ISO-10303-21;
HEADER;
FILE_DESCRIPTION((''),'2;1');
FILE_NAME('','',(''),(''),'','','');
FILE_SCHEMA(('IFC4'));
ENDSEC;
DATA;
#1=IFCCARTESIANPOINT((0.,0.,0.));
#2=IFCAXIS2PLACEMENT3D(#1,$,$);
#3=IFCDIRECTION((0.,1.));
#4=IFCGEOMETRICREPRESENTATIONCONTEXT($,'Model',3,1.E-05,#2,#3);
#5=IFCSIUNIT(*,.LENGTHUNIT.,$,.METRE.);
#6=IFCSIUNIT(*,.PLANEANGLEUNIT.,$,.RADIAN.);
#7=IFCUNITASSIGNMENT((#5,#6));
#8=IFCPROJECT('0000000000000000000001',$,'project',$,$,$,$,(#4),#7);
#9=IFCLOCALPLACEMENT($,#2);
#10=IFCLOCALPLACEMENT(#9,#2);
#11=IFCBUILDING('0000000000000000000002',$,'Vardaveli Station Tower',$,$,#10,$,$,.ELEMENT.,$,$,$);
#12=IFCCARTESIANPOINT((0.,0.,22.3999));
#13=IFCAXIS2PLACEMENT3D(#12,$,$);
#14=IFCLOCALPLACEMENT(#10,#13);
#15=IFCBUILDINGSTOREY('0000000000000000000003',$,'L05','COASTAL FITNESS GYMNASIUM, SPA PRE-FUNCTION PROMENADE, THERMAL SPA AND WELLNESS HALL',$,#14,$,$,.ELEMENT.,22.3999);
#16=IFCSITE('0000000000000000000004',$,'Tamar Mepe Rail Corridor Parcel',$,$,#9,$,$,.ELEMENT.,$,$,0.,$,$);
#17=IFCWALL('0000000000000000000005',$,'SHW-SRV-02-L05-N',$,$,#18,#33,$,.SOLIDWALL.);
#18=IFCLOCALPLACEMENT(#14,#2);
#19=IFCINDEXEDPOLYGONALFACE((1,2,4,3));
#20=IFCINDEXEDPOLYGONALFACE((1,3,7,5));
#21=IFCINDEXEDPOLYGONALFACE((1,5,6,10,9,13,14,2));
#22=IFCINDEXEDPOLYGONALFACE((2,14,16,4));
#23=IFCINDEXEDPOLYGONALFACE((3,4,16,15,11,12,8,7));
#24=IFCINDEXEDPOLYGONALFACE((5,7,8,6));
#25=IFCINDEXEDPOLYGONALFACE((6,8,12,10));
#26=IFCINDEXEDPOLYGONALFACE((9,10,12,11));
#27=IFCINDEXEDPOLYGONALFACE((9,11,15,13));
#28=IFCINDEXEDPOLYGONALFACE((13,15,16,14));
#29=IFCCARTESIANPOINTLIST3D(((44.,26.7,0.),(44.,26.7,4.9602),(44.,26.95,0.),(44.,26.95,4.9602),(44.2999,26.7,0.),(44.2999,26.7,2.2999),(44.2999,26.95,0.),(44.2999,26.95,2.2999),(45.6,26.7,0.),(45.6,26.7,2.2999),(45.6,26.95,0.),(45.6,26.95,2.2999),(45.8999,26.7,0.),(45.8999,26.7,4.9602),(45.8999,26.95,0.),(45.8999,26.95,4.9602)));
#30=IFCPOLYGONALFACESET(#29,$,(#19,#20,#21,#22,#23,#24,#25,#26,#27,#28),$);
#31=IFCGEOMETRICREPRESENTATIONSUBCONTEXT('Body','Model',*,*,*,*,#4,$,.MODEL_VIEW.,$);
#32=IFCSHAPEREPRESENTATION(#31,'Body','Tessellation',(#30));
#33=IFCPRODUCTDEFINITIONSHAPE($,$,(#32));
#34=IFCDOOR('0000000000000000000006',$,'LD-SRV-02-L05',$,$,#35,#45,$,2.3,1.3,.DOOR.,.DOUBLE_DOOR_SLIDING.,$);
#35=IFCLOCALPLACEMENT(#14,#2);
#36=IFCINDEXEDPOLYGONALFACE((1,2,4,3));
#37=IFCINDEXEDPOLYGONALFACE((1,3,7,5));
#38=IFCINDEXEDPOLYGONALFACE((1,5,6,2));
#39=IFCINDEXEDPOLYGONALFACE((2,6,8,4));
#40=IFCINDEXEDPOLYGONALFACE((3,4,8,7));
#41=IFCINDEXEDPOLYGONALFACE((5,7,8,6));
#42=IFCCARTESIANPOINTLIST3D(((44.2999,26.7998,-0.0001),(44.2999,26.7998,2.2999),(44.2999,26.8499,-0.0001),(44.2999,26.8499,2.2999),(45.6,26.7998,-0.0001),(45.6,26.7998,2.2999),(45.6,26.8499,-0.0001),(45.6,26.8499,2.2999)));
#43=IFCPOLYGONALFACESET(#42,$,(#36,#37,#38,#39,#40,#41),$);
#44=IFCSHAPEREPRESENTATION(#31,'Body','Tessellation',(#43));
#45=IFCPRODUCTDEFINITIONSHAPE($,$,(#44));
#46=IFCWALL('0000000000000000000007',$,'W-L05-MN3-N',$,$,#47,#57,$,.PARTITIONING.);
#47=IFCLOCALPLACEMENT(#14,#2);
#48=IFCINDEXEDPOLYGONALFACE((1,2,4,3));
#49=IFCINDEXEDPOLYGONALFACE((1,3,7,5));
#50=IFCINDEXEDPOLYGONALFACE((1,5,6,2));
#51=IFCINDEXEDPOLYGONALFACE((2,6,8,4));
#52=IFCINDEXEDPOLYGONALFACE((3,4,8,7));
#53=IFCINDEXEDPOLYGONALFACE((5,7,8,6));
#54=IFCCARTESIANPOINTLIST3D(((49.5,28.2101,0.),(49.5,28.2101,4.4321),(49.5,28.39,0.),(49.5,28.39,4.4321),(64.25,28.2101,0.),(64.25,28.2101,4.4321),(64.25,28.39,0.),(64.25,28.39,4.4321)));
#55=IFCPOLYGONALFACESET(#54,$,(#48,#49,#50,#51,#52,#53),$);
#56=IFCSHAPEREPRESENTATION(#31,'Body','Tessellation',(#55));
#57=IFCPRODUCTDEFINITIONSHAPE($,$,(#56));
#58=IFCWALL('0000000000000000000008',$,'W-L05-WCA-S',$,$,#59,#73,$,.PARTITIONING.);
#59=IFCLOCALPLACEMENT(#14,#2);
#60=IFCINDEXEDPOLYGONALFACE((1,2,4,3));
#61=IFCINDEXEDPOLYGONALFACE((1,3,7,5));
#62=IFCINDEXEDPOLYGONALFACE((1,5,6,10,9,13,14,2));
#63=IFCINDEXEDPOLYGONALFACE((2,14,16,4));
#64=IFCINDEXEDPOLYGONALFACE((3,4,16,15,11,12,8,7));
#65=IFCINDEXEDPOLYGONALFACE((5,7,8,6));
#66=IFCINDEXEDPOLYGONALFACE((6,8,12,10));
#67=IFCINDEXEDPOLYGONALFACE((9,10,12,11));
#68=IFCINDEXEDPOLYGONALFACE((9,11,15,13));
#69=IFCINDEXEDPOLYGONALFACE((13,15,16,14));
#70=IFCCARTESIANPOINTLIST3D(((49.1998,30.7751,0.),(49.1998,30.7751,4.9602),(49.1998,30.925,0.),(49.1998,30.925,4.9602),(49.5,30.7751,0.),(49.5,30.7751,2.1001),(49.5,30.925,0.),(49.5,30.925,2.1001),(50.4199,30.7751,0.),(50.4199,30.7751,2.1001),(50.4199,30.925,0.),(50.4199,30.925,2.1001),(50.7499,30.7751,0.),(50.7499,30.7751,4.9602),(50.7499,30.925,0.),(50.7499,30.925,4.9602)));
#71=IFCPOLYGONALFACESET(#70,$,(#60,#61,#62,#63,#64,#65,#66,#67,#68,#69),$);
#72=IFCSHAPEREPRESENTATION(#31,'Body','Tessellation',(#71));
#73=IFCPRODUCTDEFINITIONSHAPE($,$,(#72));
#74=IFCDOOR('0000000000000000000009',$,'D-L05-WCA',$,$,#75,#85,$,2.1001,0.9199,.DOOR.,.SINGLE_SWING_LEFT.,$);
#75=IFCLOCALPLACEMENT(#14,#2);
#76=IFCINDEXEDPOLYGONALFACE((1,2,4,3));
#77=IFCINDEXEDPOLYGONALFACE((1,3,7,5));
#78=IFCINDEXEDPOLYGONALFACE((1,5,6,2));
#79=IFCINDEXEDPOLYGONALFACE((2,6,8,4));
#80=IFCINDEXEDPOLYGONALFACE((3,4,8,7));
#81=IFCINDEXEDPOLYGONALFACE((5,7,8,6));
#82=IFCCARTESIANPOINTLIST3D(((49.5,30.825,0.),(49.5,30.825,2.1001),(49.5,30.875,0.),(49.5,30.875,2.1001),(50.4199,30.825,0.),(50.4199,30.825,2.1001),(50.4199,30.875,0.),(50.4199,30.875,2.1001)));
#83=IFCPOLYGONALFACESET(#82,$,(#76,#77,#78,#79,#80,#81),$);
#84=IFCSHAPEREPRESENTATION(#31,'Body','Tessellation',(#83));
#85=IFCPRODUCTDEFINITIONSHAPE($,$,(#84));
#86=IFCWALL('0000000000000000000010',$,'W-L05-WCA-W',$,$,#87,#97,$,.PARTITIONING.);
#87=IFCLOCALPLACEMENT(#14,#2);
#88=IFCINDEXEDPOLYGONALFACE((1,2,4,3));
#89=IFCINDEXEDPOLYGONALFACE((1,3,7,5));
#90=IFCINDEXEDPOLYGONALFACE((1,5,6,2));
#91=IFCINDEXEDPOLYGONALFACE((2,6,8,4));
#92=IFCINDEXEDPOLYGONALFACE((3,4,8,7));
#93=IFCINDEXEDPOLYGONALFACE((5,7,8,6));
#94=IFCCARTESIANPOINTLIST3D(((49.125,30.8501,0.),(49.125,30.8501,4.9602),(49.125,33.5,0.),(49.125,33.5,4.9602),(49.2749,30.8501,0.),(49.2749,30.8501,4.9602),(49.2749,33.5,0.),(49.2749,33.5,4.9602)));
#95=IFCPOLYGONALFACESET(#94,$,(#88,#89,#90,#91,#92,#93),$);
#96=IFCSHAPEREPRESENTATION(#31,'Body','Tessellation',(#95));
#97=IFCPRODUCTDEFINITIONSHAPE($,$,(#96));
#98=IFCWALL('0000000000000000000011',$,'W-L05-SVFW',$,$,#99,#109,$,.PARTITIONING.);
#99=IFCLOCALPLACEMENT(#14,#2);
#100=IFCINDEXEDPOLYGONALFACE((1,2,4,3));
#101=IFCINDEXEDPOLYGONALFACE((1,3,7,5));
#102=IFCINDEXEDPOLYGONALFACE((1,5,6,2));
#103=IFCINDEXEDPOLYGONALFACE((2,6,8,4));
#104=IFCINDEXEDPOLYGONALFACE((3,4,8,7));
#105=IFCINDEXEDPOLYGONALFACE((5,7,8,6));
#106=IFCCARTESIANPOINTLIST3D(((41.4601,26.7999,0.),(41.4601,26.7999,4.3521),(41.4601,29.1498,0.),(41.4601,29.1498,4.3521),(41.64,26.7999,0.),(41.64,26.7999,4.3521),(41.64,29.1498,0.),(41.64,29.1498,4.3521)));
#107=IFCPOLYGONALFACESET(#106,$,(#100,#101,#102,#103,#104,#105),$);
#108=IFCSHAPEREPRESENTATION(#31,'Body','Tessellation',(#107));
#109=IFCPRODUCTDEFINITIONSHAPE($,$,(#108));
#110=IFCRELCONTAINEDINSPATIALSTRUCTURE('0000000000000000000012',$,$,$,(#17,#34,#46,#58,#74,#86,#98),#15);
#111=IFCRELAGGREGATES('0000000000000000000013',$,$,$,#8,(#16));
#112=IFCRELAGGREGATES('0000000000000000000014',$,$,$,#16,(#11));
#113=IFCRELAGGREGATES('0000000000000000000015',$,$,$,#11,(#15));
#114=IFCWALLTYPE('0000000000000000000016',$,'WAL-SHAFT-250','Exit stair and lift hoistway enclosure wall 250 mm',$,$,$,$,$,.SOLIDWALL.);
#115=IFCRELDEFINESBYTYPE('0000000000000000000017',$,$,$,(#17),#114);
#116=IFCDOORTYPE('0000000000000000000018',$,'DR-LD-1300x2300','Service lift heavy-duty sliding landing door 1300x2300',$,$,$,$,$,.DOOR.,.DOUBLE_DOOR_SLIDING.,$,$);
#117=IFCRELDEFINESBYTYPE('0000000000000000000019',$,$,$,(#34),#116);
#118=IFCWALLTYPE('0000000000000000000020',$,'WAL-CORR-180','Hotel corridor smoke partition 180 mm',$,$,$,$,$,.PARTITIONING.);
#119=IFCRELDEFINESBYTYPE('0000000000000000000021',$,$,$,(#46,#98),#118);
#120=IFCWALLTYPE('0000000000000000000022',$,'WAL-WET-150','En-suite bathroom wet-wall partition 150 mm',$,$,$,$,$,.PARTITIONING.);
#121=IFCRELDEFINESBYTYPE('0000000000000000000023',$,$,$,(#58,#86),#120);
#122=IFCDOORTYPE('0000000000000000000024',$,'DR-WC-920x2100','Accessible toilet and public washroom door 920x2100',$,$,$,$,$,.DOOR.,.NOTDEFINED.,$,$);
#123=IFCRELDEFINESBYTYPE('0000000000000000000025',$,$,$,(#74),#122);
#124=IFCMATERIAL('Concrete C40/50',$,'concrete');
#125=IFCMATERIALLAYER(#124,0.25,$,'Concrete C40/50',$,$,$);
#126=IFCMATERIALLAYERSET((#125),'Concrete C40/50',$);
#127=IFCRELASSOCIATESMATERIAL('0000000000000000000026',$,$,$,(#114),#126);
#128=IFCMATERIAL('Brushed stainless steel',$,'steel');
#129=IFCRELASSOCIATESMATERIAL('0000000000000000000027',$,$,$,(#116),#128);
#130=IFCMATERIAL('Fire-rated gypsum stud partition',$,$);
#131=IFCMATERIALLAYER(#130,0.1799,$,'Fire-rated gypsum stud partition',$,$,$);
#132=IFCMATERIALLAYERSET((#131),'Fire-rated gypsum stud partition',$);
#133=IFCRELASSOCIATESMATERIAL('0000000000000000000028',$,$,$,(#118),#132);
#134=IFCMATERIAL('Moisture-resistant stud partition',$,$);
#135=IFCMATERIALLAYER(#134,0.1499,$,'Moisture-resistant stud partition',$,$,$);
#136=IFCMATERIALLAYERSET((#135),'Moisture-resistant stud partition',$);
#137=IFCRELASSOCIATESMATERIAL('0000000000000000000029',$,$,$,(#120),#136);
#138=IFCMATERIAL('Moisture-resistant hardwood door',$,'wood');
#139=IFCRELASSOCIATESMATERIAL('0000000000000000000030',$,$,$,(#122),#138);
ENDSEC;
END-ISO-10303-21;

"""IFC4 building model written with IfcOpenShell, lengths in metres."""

from ifc_helpers import new_model, si_unit, direction, frame, frame_2d, origin, place, context, subcontext, project, spatial, rectangle, extrude, source, transform, mapped, material, layer, layer_set, type_object, element, fill, save


model = new_model("IFC4")

# Units and contexts
model_context = context("Model", 3, precision=1e-05, world=origin(), true_north=direction((0.0, 1.0)))
body_context = subcontext(model_context, "Body", "Model", "MODEL_VIEW")
ifc_project = project(units=[si_unit("LENGTHUNIT", "METRE"), si_unit("PLANEANGLEUNIT", "RADIAN")], contexts=[model_context])

# Site, building, storey
site_placement = place(None, origin())
site = spatial("IfcSite", under=ifc_project, at=site_placement, Name="Tamar Mepe Rail Corridor Parcel", CompositionType="ELEMENT", RefElevation=0.0)
building_placement = place(site_placement, origin())
building = spatial("IfcBuilding", under=site, at=building_placement, Name="Vardaveli Station Tower", CompositionType="ELEMENT")
storey_placement = place(building_placement, frame((0.0, 0.0, 22.3999)))
storey = spatial("IfcBuildingStorey", under=building, at=storey_placement, Name="L05", Description="COASTAL FITNESS GYMNASIUM, SPA PRE-FUNCTION PROMENADE, THERMAL SPA AND WELLNESS HALL", CompositionType="ELEMENT", Elevation=22.3999)

# Shared definitions
ifc_material_1 = material(Name="Concrete C40/50", Category="concrete")
ifc_layer_1 = layer(ifc_material_1, 0.25, Name="Concrete C40/50")
ifc_layer_set_1 = layer_set([ifc_layer_1], Name="Concrete C40/50")
wall_type_1 = type_object("IfcWallType", Name="WAL-SHAFT-250", Description="Exit stair and lift hoistway enclosure wall 250 mm", PredefinedType="SOLIDWALL", material=ifc_layer_set_1)

# Shared definitions
shared_shape_1 = source(origin(), body_context, "Body", "SweptSolid", [
    extrude(rectangle(XDim=1.3, YDim=2.3, at=frame_2d((0.6499, 1.1499))), frame((0.0, 0.135, 0.0), z_axis=(0.0, -1.0, 0.0), x_axis=(1.0, 0.0, 0.0)), (0.0, 0.0, 1.0), 0.27),
])
ifc_material_2 = material(Name="Brushed stainless steel", Category="steel")
door_type_1 = type_object("IfcDoorType", Name="DR-LD-1300x2300", Description="Service lift heavy-duty sliding landing door 1300x2300", OperationType="DOUBLE_DOOR_SLIDING", PredefinedType="DOOR", material=ifc_material_2)
shared_shape_2 = source(origin(), body_context, "Body", "SweptSolid", [
    extrude(rectangle(XDim=1.3, YDim=2.3, at=frame_2d((0.6499, 1.1499))), frame((0.0, 0.0249, 0.0), z_axis=(0.0, -1.0, 0.0), x_axis=(1.0, 0.0, 0.0)), (0.0, 0.0, 1.0), 0.05),
])

# Shared definitions
shared_shape_3 = source(origin(), body_context, "Body", "SweptSolid", [
    extrude(rectangle(XDim=1.8999, YDim=0.25, at=frame_2d((0.95, 0.0))), origin(), (0.0, 0.0, 1.0), 4.9602),
])

# Wall, opening, door
wall_1_placement = place(storey_placement, frame((44.0, 26.825, 0.0), z_axis=(0.0, 0.0, 1.0), x_axis=(1.0, 0.0, 0.0)))
wall_1 = element("IfcWall", 1, at=wall_1_placement, inside=storey, type_object=wall_type_1, Name="SHW-SRV-02-L05-N", PredefinedType="SOLIDWALL", context=body_context, shape_type="MappedRepresentation", body=[
    mapped(shared_shape_3, transform((0.0, 0.0, 0.0), scale=1.0)),
])
opening_1_placement = place(wall_1_placement, frame((0.3, 0.0, 0.0)))
opening_1 = element("IfcOpeningElement", 2, at=opening_1_placement, cuts=wall_1, PredefinedType="OPENING", context=body_context, shape_type="MappedRepresentation", body=[
    mapped(shared_shape_1, transform((0.0, 0.0, 0.0), scale=1.0)),
])
door_1_placement = place(opening_1_placement, origin())
door_1 = element("IfcDoor", 3, at=door_1_placement, inside=storey, type_object=door_type_1, Name="LD-SRV-02-L05", OperationType="DOUBLE_DOOR_SLIDING", OverallHeight=2.3, OverallWidth=1.3, PredefinedType="DOOR", context=body_context, shape_type="MappedRepresentation", body=[
    mapped(shared_shape_2, transform((0.0, 0.0, 0.0), scale=1.0)),
])
fill(opening_1, door_1)

# Wall
ifc_material_3 = material(Name="Fire-rated gypsum stud partition")
ifc_layer_2 = layer(ifc_material_3, 0.1799, Name="Fire-rated gypsum stud partition")
ifc_layer_set_2 = layer_set([ifc_layer_2], Name="Fire-rated gypsum stud partition")
wall_type_2 = type_object("IfcWallType", Name="WAL-CORR-180", Description="Hotel corridor smoke partition 180 mm", PredefinedType="PARTITIONING", material=ifc_layer_set_2)
shared_shape_4 = source(origin(), body_context, "Body", "SweptSolid", [
    extrude(rectangle(XDim=14.75, YDim=0.1799, at=frame_2d((7.375, 0.0))), origin(), (0.0, 0.0, 1.0), 4.4321),
])
wall_2_placement = place(storey_placement, frame((49.5, 28.3, 0.0), z_axis=(0.0, 0.0, 1.0), x_axis=(1.0, 0.0, 0.0)))
element("IfcWall", 4, at=wall_2_placement, inside=storey, type_object=wall_type_2, Name="W-L05-MN3-N", PredefinedType="PARTITIONING", context=body_context, shape_type="MappedRepresentation", body=[
    mapped(shared_shape_4, transform((0.0, 0.0, 0.0), scale=1.0)),
])

# Wall, opening, door
ifc_material_4 = material(Name="Moisture-resistant stud partition")
ifc_layer_3 = layer(ifc_material_4, 0.1499, Name="Moisture-resistant stud partition")
ifc_layer_set_3 = layer_set([ifc_layer_3], Name="Moisture-resistant stud partition")
wall_type_3 = type_object("IfcWallType", Name="WAL-WET-150", Description="En-suite bathroom wet-wall partition 150 mm", PredefinedType="PARTITIONING", material=ifc_layer_set_3)
shared_shape_5 = source(origin(), body_context, "Body", "SweptSolid", [
    extrude(rectangle(XDim=1.55, YDim=0.1499, at=frame_2d((0.7749, 0.0))), origin(), (0.0, 0.0, 1.0), 4.9602),
])
wall_3_placement = place(storey_placement, frame((49.2, 30.8501, 0.0), z_axis=(0.0, 0.0, 1.0), x_axis=(1.0, 0.0, 0.0)))
wall_3 = element("IfcWall", 5, at=wall_3_placement, inside=storey, type_object=wall_type_3, Name="W-L05-WCA-S", PredefinedType="PARTITIONING", context=body_context, shape_type="MappedRepresentation", body=[
    mapped(shared_shape_5, transform((0.0, 0.0, 0.0), scale=1.0)),
])
shared_shape_6 = source(origin(), body_context, "Body", "SweptSolid", [
    extrude(rectangle(XDim=0.9199, YDim=2.1001, at=frame_2d((0.46, 1.05))), frame((0.0, 0.085, 0.0), z_axis=(0.0, -1.0, 0.0), x_axis=(1.0, 0.0, 0.0)), (0.0, 0.0, 1.0), 0.1699),
])
opening_2_placement = place(wall_3_placement, frame((0.3, 0.0, 0.0)))
opening_2 = element("IfcOpeningElement", 6, at=opening_2_placement, cuts=wall_3, PredefinedType="OPENING", context=body_context, shape_type="MappedRepresentation", body=[
    mapped(shared_shape_6, transform((0.0, 0.0, 0.0), scale=1.0)),
])
ifc_material_5 = material(Name="Moisture-resistant hardwood door", Category="wood")
door_type_2 = type_object("IfcDoorType", Name="DR-WC-920x2100", Description="Accessible toilet and public washroom door 920x2100", OperationType="NOTDEFINED", PredefinedType="DOOR", material=ifc_material_5)
shared_shape_7 = source(origin(), body_context, "Body", "SweptSolid", [
    extrude(rectangle(XDim=0.9199, YDim=2.1001, at=frame_2d((0.46, 1.05))), frame((0.0, 0.0249, 0.0), z_axis=(0.0, -1.0, 0.0), x_axis=(1.0, 0.0, 0.0)), (0.0, 0.0, 1.0), 0.05),
])
door_2_placement = place(opening_2_placement, origin())
door_2 = element("IfcDoor", 7, at=door_2_placement, inside=storey, type_object=door_type_2, Name="D-L05-WCA", OperationType="SINGLE_SWING_LEFT", OverallHeight=2.1001, OverallWidth=0.9199, PredefinedType="DOOR", context=body_context, shape_type="MappedRepresentation", body=[
    mapped(shared_shape_7, transform((0.0, 0.0, 0.0), scale=1.0)),
])
fill(opening_2, door_2)

# Walls
shared_shape_8 = source(origin(), body_context, "Body", "SweptSolid", [
    extrude(rectangle(XDim=2.6499, YDim=0.1499, at=frame_2d((1.325, 0.0))), origin(), (0.0, 0.0, 1.0), 4.9602),
])
wall_4_placement = place(storey_placement, frame((49.2, 30.8501, 0.0), z_axis=(0.0, 0.0, 1.0), x_axis=(0.0, 1.0, 0.0)))
element("IfcWall", 8, at=wall_4_placement, inside=storey, type_object=wall_type_3, Name="W-L05-WCA-W", PredefinedType="PARTITIONING", context=body_context, shape_type="MappedRepresentation", body=[
    mapped(shared_shape_8, transform((0.0, 0.0, 0.0), scale=1.0)),
])
shared_shape_9 = source(origin(), body_context, "Body", "SweptSolid", [
    extrude(rectangle(XDim=2.3499, YDim=0.1799, at=frame_2d((1.1748, 0.0))), origin(), (0.0, 0.0, 1.0), 4.3521),
])
wall_5_placement = place(storey_placement, frame((41.55, 26.8, 0.0), z_axis=(0.0, 0.0, 1.0), x_axis=(0.0, 1.0, 0.0)))
element("IfcWall", 9, at=wall_5_placement, inside=storey, type_object=wall_type_2, Name="W-L05-SVFW", PredefinedType="PARTITIONING", context=body_context, shape_type="MappedRepresentation", body=[
    mapped(shared_shape_9, transform((0.0, 0.0, 0.0), scale=1.0)),
])

save(model, "model.ifc")
